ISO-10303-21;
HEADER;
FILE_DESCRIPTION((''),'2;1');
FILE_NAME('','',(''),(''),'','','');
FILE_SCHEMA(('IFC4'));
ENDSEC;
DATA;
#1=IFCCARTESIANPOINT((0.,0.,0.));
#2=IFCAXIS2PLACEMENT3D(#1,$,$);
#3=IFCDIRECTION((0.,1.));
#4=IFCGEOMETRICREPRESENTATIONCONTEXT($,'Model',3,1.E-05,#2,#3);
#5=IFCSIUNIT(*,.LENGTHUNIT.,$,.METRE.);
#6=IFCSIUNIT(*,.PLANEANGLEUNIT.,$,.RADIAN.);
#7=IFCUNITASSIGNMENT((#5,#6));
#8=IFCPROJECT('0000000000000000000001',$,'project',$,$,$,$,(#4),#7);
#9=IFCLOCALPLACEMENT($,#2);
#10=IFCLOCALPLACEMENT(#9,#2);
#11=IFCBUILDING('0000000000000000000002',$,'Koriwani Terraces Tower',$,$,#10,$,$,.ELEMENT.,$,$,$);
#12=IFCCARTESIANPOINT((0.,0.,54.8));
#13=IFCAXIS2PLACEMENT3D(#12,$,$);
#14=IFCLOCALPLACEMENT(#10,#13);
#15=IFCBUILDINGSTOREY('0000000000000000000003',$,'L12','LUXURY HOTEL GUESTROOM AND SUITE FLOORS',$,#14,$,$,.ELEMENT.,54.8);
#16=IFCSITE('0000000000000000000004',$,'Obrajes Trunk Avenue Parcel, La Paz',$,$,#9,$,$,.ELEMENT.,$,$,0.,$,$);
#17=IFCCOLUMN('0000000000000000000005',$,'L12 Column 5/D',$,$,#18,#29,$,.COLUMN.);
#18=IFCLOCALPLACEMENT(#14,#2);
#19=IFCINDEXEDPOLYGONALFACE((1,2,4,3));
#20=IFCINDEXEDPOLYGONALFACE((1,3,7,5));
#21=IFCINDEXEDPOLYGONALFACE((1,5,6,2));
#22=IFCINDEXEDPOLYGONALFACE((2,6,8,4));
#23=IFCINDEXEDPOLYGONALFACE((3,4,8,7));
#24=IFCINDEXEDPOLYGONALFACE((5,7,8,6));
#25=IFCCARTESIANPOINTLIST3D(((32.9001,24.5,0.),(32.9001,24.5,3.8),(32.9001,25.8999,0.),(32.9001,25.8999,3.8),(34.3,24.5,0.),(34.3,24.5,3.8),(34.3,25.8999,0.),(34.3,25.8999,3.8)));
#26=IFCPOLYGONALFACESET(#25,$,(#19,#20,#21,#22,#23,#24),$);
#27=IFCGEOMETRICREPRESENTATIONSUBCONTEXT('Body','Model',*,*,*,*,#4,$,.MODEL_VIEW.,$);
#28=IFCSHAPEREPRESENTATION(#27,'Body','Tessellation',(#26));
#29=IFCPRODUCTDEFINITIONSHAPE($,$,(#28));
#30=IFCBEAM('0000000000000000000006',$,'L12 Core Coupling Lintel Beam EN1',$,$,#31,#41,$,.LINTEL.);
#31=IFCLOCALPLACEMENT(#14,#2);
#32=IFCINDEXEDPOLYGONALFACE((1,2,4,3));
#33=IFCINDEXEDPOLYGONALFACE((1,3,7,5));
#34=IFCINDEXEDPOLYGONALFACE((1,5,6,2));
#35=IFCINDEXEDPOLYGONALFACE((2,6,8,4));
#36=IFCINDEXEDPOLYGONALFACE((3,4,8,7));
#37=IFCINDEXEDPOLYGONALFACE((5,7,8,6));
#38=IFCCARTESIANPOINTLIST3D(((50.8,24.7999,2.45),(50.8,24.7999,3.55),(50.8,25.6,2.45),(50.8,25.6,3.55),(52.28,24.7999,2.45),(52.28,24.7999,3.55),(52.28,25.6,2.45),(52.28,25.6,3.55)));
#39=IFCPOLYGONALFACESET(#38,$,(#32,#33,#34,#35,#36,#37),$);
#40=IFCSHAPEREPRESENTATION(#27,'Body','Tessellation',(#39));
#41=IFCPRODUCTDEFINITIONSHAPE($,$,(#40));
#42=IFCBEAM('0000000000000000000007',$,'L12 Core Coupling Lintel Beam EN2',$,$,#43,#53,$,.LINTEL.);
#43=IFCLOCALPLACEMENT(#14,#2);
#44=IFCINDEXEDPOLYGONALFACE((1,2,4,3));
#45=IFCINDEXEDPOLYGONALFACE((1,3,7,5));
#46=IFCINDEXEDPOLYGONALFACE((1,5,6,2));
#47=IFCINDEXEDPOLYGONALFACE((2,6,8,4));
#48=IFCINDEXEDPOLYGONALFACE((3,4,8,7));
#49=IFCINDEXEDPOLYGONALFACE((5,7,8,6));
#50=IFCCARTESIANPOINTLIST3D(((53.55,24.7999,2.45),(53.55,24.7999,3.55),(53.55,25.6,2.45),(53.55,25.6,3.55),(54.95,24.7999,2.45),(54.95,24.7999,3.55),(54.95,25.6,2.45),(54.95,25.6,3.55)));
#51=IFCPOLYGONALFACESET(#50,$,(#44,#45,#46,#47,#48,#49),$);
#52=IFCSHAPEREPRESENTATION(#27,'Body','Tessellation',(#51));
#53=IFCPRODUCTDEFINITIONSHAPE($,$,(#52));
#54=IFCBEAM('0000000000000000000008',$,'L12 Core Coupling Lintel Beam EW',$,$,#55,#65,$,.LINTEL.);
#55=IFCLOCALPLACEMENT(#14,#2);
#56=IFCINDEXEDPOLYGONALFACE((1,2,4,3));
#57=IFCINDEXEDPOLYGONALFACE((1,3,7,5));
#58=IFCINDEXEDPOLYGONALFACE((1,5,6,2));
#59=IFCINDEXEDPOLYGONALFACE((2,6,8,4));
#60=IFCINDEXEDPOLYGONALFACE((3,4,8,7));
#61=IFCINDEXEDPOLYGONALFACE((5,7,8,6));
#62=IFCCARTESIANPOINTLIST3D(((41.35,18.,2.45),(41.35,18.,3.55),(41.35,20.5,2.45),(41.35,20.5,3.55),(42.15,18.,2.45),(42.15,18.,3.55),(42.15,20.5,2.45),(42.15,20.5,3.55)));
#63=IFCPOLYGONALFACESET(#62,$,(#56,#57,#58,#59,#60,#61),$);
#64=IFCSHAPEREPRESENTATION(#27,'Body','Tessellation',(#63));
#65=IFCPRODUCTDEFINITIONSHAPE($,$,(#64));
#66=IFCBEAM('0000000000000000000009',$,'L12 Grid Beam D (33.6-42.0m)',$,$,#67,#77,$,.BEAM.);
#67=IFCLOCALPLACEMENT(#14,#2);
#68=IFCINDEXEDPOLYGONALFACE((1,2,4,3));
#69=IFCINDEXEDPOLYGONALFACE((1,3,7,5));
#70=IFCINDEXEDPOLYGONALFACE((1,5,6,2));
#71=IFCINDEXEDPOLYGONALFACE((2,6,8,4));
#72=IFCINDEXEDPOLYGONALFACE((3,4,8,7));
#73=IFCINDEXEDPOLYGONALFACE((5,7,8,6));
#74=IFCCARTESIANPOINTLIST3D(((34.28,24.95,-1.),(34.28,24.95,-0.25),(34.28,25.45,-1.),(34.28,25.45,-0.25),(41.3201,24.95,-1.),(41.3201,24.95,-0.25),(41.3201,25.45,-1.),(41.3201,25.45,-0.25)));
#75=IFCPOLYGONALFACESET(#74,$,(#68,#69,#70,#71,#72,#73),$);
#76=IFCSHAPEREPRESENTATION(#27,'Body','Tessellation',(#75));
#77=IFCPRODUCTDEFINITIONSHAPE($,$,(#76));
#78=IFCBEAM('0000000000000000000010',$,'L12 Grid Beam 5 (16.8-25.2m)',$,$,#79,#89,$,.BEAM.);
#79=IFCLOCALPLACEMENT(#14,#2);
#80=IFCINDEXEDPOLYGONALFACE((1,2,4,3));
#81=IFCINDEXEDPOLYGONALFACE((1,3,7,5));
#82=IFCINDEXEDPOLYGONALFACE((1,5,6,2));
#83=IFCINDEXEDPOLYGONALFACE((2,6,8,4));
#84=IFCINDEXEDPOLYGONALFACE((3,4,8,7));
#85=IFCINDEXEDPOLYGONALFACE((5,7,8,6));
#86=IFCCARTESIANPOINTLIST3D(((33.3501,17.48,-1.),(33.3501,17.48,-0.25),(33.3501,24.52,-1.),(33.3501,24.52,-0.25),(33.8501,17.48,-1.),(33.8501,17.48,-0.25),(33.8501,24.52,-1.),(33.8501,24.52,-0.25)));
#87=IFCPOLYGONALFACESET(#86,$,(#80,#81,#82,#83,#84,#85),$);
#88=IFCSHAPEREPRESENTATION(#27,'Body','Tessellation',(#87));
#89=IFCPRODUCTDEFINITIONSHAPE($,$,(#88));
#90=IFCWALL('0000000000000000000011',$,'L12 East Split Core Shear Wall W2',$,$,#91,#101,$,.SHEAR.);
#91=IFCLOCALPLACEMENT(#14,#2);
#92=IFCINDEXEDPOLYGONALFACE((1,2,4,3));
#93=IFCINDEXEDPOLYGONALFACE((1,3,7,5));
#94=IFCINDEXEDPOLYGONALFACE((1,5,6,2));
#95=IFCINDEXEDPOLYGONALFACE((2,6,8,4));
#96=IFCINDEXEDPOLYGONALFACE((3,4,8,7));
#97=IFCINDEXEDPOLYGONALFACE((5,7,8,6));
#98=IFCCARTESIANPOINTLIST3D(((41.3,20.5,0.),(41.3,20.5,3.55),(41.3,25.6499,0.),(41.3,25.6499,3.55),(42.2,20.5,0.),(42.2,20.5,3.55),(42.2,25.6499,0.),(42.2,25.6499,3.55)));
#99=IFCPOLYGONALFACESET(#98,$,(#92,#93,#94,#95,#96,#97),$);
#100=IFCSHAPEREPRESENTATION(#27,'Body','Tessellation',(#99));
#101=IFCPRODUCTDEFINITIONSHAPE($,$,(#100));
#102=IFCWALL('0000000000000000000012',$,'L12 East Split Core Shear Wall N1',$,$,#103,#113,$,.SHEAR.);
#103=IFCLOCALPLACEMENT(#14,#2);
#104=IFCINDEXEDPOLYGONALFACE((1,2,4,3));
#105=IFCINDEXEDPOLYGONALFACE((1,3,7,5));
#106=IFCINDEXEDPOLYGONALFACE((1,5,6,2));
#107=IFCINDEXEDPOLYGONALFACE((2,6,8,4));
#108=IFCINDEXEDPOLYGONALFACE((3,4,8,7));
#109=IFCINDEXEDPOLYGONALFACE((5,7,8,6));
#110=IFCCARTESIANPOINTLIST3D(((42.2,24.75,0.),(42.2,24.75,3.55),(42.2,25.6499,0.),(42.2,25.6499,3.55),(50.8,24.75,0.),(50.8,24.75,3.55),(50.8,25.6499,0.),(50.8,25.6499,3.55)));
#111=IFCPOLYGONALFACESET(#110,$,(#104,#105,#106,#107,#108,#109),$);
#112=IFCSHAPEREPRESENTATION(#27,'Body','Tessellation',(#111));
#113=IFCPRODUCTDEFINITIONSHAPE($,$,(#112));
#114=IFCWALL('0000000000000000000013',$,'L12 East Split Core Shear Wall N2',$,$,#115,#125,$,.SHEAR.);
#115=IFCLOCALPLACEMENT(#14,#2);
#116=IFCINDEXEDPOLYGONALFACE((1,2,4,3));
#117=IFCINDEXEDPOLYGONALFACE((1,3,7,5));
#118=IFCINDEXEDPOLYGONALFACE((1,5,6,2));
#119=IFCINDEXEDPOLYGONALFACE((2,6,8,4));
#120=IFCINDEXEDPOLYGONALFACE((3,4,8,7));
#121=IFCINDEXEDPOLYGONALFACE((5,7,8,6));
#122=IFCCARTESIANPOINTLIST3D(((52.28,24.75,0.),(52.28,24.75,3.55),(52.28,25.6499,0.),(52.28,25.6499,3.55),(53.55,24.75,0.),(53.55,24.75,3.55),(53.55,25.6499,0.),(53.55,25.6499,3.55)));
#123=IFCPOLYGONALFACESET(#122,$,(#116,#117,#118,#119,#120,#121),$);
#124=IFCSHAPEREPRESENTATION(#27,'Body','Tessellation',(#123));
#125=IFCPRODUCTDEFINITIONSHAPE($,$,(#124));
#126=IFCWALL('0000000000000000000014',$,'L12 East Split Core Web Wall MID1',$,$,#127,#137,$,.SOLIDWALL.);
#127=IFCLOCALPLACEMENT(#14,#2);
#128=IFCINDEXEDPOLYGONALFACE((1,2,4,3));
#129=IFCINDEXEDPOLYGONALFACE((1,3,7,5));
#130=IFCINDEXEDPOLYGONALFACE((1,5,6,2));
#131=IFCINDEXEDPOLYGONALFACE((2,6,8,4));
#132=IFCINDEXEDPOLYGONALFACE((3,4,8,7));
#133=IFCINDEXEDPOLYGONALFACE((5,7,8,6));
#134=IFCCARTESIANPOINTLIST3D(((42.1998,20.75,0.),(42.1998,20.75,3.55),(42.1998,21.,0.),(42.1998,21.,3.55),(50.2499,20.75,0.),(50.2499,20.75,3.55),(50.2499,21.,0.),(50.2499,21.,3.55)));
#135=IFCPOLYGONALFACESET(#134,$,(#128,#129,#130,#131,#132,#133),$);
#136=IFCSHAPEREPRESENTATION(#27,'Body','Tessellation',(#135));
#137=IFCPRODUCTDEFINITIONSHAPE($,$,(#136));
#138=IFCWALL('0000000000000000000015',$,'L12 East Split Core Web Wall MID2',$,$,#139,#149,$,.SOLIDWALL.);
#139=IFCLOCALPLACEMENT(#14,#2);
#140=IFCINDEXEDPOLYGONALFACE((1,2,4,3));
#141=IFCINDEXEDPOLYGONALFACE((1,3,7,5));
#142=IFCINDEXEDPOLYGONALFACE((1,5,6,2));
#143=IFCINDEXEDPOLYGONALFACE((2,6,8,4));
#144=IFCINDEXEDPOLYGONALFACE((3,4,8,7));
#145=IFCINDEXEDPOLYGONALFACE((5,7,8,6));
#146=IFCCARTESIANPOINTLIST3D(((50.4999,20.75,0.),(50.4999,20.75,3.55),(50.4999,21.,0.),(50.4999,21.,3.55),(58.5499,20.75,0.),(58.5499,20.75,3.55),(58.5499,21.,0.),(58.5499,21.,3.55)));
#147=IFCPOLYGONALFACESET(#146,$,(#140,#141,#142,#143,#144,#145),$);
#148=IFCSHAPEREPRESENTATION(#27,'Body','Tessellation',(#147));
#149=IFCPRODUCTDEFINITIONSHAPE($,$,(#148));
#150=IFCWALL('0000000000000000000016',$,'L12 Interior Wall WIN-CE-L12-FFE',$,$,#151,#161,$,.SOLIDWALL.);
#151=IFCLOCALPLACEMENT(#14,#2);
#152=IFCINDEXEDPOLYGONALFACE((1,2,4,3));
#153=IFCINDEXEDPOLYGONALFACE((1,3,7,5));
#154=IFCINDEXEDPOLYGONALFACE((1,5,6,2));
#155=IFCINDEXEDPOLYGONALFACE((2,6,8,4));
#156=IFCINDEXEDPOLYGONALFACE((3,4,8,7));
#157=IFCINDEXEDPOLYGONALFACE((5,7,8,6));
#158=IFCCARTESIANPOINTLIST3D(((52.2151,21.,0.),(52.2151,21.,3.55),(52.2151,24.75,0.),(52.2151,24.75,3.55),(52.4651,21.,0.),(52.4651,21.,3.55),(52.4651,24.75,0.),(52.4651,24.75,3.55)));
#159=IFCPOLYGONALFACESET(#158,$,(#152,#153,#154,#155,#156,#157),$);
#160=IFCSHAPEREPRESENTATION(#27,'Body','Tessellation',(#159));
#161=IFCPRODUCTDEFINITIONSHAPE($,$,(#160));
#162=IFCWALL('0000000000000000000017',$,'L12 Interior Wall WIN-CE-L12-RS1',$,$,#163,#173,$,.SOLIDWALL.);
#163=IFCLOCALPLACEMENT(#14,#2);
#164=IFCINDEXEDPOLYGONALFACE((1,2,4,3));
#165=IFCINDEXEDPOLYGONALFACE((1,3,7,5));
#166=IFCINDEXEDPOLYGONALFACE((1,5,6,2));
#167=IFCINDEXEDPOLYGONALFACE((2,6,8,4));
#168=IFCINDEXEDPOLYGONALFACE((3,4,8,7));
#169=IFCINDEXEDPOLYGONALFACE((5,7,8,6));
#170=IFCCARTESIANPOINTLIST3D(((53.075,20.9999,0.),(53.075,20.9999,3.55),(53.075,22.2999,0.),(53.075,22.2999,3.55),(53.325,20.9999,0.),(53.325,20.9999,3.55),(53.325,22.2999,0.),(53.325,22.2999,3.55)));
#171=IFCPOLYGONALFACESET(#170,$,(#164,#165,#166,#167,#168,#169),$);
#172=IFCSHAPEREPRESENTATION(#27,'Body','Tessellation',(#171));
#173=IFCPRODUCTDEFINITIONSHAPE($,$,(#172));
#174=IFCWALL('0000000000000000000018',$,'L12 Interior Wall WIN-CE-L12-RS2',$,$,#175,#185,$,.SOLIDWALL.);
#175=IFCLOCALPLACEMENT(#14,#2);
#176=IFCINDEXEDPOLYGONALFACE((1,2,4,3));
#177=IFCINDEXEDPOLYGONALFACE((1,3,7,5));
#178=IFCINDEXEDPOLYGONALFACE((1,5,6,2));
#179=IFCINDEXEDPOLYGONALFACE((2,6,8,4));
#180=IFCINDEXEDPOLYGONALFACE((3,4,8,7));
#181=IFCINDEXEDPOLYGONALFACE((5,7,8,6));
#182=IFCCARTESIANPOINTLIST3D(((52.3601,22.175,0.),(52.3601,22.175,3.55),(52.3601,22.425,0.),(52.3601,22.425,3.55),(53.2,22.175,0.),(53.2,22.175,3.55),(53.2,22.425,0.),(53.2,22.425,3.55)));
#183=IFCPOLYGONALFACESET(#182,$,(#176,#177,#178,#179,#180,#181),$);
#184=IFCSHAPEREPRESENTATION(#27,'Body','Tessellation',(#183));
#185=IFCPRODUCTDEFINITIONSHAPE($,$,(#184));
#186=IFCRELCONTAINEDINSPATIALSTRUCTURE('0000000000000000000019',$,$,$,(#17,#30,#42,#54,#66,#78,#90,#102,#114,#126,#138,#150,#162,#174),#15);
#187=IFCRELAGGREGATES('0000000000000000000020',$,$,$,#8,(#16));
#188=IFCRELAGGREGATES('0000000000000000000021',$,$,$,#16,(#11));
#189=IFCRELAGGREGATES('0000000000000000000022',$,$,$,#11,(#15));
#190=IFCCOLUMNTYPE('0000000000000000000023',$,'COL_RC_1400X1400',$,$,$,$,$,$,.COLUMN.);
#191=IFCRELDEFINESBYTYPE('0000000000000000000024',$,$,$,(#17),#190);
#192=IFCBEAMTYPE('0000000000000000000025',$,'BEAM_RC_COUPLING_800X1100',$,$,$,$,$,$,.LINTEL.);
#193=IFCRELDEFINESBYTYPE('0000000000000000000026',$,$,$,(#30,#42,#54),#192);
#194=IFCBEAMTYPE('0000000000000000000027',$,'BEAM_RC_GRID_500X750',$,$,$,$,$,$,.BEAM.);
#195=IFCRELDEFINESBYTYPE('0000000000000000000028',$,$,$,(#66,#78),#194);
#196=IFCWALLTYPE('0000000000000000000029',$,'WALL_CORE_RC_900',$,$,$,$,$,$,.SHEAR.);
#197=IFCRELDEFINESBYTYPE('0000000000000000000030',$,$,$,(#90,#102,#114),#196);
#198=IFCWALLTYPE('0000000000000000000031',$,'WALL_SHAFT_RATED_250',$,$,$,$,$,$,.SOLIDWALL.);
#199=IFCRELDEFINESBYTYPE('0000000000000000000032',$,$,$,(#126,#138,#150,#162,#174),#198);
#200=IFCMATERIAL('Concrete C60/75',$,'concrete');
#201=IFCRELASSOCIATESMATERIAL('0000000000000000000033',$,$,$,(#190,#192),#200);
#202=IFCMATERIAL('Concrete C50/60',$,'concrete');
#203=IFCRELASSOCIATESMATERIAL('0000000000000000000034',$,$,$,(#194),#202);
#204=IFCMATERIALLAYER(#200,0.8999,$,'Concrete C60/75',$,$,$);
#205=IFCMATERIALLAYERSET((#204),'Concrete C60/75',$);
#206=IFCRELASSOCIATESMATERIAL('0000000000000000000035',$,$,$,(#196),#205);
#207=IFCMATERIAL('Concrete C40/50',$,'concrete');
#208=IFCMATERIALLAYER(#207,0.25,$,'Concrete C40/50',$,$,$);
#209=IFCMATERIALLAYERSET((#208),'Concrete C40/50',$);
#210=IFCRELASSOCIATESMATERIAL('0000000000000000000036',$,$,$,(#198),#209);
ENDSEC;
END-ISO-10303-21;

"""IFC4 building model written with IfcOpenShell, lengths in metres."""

from ifc_helpers import new_model, si_unit, direction, frame, frame_2d, origin, origin_2d, place, context, subcontext, project, spatial, rectangle, extrude, material, layer, layer_set, material_profile, profile_set, type_object, element, save


model = new_model("IFC4")

# Units and contexts
model_context = context("Model", 3, precision=1e-05, world=origin(), true_north=direction((0.0, 1.0)))
body_context = subcontext(model_context, "Body", "Model", "MODEL_VIEW")
ifc_project = project(units=[si_unit("LENGTHUNIT", "METRE"), si_unit("PLANEANGLEUNIT", "RADIAN")], contexts=[model_context])

# Site, building, storey
site_placement = place(None, origin())
site = spatial("IfcSite", under=ifc_project, at=site_placement, Name="Obrajes Trunk Avenue Parcel, La Paz", CompositionType="ELEMENT", RefElevation=0.0)
building_placement = place(site_placement, origin())
building = spatial("IfcBuilding", under=site, at=building_placement, Name="Koriwani Terraces Tower", CompositionType="ELEMENT")
storey_placement = place(building_placement, frame((0.0, 0.0, 54.8)))
storey = spatial("IfcBuildingStorey", under=building, at=storey_placement, Name="L12", Description="LUXURY HOTEL GUESTROOM AND SUITE FLOORS", CompositionType="ELEMENT", Elevation=54.8)

# Column
ifc_material_1 = material(Name="Concrete C60/75", Category="concrete")
ifc_material_profile_1 = material_profile(ifc_material_1, rectangle(XDim=1.3999, YDim=1.3999, at=origin_2d()), Name="Concrete C60/75", Category="LoadBearing")
ifc_profile_set_1 = profile_set([ifc_material_profile_1], Name="Concrete C60/75")
column_type = type_object("IfcColumnType", Name="COL_RC_1400X1400", PredefinedType="COLUMN", material=ifc_profile_set_1)
column_placement = place(storey_placement, frame((33.6001, 25.2, 0.0), z_axis=(0.0, 0.0, 1.0), x_axis=(1.0, 0.0, 0.0)))
element("IfcColumn", 1, at=column_placement, inside=storey, type_object=column_type, Name="L12 Column 5/D", PredefinedType="COLUMN", context=body_context, shape_type="SweptSolid", body=[
    extrude(rectangle(XDim=1.3999, YDim=1.3999, at=origin_2d()), origin(), (0.0, 0.0, 1.0), 3.8),
])

# Beams
ifc_material_profile_2 = material_profile(ifc_material_1, rectangle(XDim=0.8, YDim=1.1001, at=origin_2d()), Name="Concrete C60/75", Category="LoadBearing")
ifc_profile_set_2 = profile_set([ifc_material_profile_2], Name="Concrete C60/75")
beam_type_1 = type_object("IfcBeamType", Name="BEAM_RC_COUPLING_800X1100", PredefinedType="LINTEL", material=ifc_profile_set_2)
beam_1_placement = place(storey_placement, frame((50.8, 25.2, 3.0), z_axis=(1.0, 0.0, 0.0), x_axis=(0.0, 1.0, 0.0)))
element("IfcBeam", 2, at=beam_1_placement, inside=storey, type_object=beam_type_1, Name="L12 Core Coupling Lintel Beam EN1", PredefinedType="LINTEL", context=body_context, shape_type="SweptSolid", body=[
    extrude(rectangle(XDim=0.8, YDim=1.1001, at=origin_2d()), origin(), (0.0, 0.0, 1.0), 1.48),
])
beam_2_placement = place(storey_placement, frame((53.55, 25.2, 3.0), z_axis=(1.0, 0.0, 0.0), x_axis=(0.0, 1.0, 0.0)))
element("IfcBeam", 3, at=beam_2_placement, inside=storey, type_object=beam_type_1, Name="L12 Core Coupling Lintel Beam EN2", PredefinedType="LINTEL", context=body_context, shape_type="SweptSolid", body=[
    extrude(rectangle(XDim=0.8, YDim=1.1001, at=origin_2d()), origin(), (0.0, 0.0, 1.0), 1.3999),
])
beam_3_placement = place(storey_placement, frame((41.75, 18.0, 3.0), z_axis=(0.0, 1.0, 0.0), x_axis=(-1.0, 0.0, 0.0)))
element("IfcBeam", 4, at=beam_3_placement, inside=storey, type_object=beam_type_1, Name="L12 Core Coupling Lintel Beam EW", PredefinedType="LINTEL", context=body_context, shape_type="SweptSolid", body=[
    extrude(rectangle(XDim=0.8, YDim=1.1001, at=origin_2d()), origin(), (0.0, 0.0, 1.0), 2.5),
])
ifc_material_2 = material(Name="Concrete C50/60", Category="concrete")
ifc_material_profile_3 = material_profile(ifc_material_2, rectangle(XDim=0.5, YDim=0.75, at=origin_2d()), Name="Concrete C50/60", Category="LoadBearing")
ifc_profile_set_3 = profile_set([ifc_material_profile_3], Name="Concrete C50/60")
beam_type_2 = type_object("IfcBeamType", Name="BEAM_RC_GRID_500X750", PredefinedType="BEAM", material=ifc_profile_set_3)
for number, where, z_axis, x_axis, name in (
    (5, (34.28, 25.2, -0.625), (1.0, 0.0, 0.0), (0.0, 1.0, 0.0), "L12 Grid Beam D (33.6-42.0m)"),
    (6, (33.6001, 17.48, -0.625), (0.0, 1.0, 0.0), (-1.0, 0.0, 0.0), "L12 Grid Beam 5 (16.8-25.2m)"),
):
    element("IfcBeam", number, at=place(storey_placement, frame(where, z_axis=z_axis, x_axis=x_axis)), inside=storey, type_object=beam_type_2, Name=name, PredefinedType="BEAM", context=body_context, shape_type="SweptSolid", body=[
        extrude(rectangle(XDim=0.5, YDim=0.75, at=origin_2d()), origin(), (0.0, 0.0, 1.0), 7.04),
    ])

# Walls
ifc_layer_1 = layer(ifc_material_1, 0.8999, Name="Concrete C60/75")
ifc_layer_set_1 = layer_set([ifc_layer_1], Name="Concrete C60/75")
wall_type_1 = type_object("IfcWallType", Name="WALL_CORE_RC_900", PredefinedType="SHEAR", material=ifc_layer_set_1)
wall_1_placement = place(storey_placement, frame((41.75, 20.5, 0.0), z_axis=(0.0, 0.0, 1.0), x_axis=(0.0, 1.0, 0.0)))
element("IfcWall", 7, at=wall_1_placement, inside=storey, type_object=wall_type_1, Name="L12 East Split Core Shear Wall W2", PredefinedType="SHEAR", context=body_context, shape_type="SweptSolid", body=[
    extrude(rectangle(XDim=5.1499, YDim=0.8999, at=frame_2d((2.575, 0.0))), origin(), (0.0, 0.0, 1.0), 3.55),
])
wall_2_placement = place(storey_placement, frame((42.2, 25.2, 0.0), z_axis=(0.0, 0.0, 1.0), x_axis=(1.0, 0.0, 0.0)))
element("IfcWall", 8, at=wall_2_placement, inside=storey, type_object=wall_type_1, Name="L12 East Split Core Shear Wall N1", PredefinedType="SHEAR", context=body_context, shape_type="SweptSolid", body=[
    extrude(rectangle(XDim=8.6001, YDim=0.8999, at=frame_2d((4.3, 0.0))), origin(), (0.0, 0.0, 1.0), 3.55),
])
wall_3_placement = place(storey_placement, frame((52.28, 25.2, 0.0), z_axis=(0.0, 0.0, 1.0), x_axis=(1.0, 0.0, 0.0)))
element("IfcWall", 9, at=wall_3_placement, inside=storey, type_object=wall_type_1, Name="L12 East Split Core Shear Wall N2", PredefinedType="SHEAR", context=body_context, shape_type="SweptSolid", body=[
    extrude(rectangle(XDim=1.27, YDim=0.8999, at=frame_2d((0.635, 0.0))), origin(), (0.0, 0.0, 1.0), 3.55),
])
ifc_material_3 = material(Name="Concrete C40/50", Category="concrete")
ifc_layer_2 = layer(ifc_material_3, 0.25, Name="Concrete C40/50")
ifc_layer_set_2 = layer_set([ifc_layer_2], Name="Concrete C40/50")
wall_type_2 = type_object("IfcWallType", Name="WALL_SHAFT_RATED_250", PredefinedType="SOLIDWALL", material=ifc_layer_set_2)
for number, where, z_axis, x_axis, name in (
    (10, (42.2, 20.875, 0.0), (0.0, 0.0, 1.0), (1.0, 0.0, 0.0), "L12 East Split Core Web Wall MID1"),
    (11, (50.5, 20.875, 0.0), (0.0, 0.0, 1.0), (1.0, 0.0, 0.0), "L12 East Split Core Web Wall MID2"),
):
    element("IfcWall", number, at=place(storey_placement, frame(where, z_axis=z_axis, x_axis=x_axis)), inside=storey, type_object=wall_type_2, Name=name, PredefinedType="SOLIDWALL", context=body_context, shape_type="SweptSolid", body=[
        extrude(rectangle(XDim=8.05, YDim=0.25, at=frame_2d((4.0249, 0.0))), origin(), (0.0, 0.0, 1.0), 3.55),
    ])

# Wall
wall_4_placement = place(storey_placement, frame((52.3401, 21.0, 0.0), z_axis=(0.0, 0.0, 1.0), x_axis=(0.0, 1.0, 0.0)))
element("IfcWall", 12, at=wall_4_placement, inside=storey, type_object=wall_type_2, Name="L12 Interior Wall WIN-CE-L12-FFE", PredefinedType="SOLIDWALL", context=body_context, shape_type="SweptSolid", body=[
    extrude(rectangle(XDim=3.75, YDim=0.25, at=frame_2d((1.875, 0.0))), origin(), (0.0, 0.0, 1.0), 3.55),
])

# Walls
wall_5_placement = place(storey_placement, frame((53.2, 21.0, 0.0), z_axis=(0.0, 0.0, 1.0), x_axis=(0.0, 1.0, 0.0)))
element("IfcWall", 13, at=wall_5_placement, inside=storey, type_object=wall_type_2, Name="L12 Interior Wall WIN-CE-L12-RS1", PredefinedType="SOLIDWALL", context=body_context, shape_type="SweptSolid", body=[
    extrude(rectangle(XDim=1.3, YDim=0.25, at=frame_2d((0.6499, 0.0))), origin(), (0.0, 0.0, 1.0), 3.55),
])
wall_6_placement = place(storey_placement, frame((52.3601, 22.3, 0.0), z_axis=(0.0, 0.0, 1.0), x_axis=(1.0, 0.0, 0.0)))
element("IfcWall", 14, at=wall_6_placement, inside=storey, type_object=wall_type_2, Name="L12 Interior Wall WIN-CE-L12-RS2", PredefinedType="SOLIDWALL", context=body_context, shape_type="SweptSolid", body=[
    extrude(rectangle(XDim=0.8398, YDim=0.25, at=frame_2d((0.4199, 0.0))), origin(), (0.0, 0.0, 1.0), 3.55),
])

save(model, "model.ifc")
